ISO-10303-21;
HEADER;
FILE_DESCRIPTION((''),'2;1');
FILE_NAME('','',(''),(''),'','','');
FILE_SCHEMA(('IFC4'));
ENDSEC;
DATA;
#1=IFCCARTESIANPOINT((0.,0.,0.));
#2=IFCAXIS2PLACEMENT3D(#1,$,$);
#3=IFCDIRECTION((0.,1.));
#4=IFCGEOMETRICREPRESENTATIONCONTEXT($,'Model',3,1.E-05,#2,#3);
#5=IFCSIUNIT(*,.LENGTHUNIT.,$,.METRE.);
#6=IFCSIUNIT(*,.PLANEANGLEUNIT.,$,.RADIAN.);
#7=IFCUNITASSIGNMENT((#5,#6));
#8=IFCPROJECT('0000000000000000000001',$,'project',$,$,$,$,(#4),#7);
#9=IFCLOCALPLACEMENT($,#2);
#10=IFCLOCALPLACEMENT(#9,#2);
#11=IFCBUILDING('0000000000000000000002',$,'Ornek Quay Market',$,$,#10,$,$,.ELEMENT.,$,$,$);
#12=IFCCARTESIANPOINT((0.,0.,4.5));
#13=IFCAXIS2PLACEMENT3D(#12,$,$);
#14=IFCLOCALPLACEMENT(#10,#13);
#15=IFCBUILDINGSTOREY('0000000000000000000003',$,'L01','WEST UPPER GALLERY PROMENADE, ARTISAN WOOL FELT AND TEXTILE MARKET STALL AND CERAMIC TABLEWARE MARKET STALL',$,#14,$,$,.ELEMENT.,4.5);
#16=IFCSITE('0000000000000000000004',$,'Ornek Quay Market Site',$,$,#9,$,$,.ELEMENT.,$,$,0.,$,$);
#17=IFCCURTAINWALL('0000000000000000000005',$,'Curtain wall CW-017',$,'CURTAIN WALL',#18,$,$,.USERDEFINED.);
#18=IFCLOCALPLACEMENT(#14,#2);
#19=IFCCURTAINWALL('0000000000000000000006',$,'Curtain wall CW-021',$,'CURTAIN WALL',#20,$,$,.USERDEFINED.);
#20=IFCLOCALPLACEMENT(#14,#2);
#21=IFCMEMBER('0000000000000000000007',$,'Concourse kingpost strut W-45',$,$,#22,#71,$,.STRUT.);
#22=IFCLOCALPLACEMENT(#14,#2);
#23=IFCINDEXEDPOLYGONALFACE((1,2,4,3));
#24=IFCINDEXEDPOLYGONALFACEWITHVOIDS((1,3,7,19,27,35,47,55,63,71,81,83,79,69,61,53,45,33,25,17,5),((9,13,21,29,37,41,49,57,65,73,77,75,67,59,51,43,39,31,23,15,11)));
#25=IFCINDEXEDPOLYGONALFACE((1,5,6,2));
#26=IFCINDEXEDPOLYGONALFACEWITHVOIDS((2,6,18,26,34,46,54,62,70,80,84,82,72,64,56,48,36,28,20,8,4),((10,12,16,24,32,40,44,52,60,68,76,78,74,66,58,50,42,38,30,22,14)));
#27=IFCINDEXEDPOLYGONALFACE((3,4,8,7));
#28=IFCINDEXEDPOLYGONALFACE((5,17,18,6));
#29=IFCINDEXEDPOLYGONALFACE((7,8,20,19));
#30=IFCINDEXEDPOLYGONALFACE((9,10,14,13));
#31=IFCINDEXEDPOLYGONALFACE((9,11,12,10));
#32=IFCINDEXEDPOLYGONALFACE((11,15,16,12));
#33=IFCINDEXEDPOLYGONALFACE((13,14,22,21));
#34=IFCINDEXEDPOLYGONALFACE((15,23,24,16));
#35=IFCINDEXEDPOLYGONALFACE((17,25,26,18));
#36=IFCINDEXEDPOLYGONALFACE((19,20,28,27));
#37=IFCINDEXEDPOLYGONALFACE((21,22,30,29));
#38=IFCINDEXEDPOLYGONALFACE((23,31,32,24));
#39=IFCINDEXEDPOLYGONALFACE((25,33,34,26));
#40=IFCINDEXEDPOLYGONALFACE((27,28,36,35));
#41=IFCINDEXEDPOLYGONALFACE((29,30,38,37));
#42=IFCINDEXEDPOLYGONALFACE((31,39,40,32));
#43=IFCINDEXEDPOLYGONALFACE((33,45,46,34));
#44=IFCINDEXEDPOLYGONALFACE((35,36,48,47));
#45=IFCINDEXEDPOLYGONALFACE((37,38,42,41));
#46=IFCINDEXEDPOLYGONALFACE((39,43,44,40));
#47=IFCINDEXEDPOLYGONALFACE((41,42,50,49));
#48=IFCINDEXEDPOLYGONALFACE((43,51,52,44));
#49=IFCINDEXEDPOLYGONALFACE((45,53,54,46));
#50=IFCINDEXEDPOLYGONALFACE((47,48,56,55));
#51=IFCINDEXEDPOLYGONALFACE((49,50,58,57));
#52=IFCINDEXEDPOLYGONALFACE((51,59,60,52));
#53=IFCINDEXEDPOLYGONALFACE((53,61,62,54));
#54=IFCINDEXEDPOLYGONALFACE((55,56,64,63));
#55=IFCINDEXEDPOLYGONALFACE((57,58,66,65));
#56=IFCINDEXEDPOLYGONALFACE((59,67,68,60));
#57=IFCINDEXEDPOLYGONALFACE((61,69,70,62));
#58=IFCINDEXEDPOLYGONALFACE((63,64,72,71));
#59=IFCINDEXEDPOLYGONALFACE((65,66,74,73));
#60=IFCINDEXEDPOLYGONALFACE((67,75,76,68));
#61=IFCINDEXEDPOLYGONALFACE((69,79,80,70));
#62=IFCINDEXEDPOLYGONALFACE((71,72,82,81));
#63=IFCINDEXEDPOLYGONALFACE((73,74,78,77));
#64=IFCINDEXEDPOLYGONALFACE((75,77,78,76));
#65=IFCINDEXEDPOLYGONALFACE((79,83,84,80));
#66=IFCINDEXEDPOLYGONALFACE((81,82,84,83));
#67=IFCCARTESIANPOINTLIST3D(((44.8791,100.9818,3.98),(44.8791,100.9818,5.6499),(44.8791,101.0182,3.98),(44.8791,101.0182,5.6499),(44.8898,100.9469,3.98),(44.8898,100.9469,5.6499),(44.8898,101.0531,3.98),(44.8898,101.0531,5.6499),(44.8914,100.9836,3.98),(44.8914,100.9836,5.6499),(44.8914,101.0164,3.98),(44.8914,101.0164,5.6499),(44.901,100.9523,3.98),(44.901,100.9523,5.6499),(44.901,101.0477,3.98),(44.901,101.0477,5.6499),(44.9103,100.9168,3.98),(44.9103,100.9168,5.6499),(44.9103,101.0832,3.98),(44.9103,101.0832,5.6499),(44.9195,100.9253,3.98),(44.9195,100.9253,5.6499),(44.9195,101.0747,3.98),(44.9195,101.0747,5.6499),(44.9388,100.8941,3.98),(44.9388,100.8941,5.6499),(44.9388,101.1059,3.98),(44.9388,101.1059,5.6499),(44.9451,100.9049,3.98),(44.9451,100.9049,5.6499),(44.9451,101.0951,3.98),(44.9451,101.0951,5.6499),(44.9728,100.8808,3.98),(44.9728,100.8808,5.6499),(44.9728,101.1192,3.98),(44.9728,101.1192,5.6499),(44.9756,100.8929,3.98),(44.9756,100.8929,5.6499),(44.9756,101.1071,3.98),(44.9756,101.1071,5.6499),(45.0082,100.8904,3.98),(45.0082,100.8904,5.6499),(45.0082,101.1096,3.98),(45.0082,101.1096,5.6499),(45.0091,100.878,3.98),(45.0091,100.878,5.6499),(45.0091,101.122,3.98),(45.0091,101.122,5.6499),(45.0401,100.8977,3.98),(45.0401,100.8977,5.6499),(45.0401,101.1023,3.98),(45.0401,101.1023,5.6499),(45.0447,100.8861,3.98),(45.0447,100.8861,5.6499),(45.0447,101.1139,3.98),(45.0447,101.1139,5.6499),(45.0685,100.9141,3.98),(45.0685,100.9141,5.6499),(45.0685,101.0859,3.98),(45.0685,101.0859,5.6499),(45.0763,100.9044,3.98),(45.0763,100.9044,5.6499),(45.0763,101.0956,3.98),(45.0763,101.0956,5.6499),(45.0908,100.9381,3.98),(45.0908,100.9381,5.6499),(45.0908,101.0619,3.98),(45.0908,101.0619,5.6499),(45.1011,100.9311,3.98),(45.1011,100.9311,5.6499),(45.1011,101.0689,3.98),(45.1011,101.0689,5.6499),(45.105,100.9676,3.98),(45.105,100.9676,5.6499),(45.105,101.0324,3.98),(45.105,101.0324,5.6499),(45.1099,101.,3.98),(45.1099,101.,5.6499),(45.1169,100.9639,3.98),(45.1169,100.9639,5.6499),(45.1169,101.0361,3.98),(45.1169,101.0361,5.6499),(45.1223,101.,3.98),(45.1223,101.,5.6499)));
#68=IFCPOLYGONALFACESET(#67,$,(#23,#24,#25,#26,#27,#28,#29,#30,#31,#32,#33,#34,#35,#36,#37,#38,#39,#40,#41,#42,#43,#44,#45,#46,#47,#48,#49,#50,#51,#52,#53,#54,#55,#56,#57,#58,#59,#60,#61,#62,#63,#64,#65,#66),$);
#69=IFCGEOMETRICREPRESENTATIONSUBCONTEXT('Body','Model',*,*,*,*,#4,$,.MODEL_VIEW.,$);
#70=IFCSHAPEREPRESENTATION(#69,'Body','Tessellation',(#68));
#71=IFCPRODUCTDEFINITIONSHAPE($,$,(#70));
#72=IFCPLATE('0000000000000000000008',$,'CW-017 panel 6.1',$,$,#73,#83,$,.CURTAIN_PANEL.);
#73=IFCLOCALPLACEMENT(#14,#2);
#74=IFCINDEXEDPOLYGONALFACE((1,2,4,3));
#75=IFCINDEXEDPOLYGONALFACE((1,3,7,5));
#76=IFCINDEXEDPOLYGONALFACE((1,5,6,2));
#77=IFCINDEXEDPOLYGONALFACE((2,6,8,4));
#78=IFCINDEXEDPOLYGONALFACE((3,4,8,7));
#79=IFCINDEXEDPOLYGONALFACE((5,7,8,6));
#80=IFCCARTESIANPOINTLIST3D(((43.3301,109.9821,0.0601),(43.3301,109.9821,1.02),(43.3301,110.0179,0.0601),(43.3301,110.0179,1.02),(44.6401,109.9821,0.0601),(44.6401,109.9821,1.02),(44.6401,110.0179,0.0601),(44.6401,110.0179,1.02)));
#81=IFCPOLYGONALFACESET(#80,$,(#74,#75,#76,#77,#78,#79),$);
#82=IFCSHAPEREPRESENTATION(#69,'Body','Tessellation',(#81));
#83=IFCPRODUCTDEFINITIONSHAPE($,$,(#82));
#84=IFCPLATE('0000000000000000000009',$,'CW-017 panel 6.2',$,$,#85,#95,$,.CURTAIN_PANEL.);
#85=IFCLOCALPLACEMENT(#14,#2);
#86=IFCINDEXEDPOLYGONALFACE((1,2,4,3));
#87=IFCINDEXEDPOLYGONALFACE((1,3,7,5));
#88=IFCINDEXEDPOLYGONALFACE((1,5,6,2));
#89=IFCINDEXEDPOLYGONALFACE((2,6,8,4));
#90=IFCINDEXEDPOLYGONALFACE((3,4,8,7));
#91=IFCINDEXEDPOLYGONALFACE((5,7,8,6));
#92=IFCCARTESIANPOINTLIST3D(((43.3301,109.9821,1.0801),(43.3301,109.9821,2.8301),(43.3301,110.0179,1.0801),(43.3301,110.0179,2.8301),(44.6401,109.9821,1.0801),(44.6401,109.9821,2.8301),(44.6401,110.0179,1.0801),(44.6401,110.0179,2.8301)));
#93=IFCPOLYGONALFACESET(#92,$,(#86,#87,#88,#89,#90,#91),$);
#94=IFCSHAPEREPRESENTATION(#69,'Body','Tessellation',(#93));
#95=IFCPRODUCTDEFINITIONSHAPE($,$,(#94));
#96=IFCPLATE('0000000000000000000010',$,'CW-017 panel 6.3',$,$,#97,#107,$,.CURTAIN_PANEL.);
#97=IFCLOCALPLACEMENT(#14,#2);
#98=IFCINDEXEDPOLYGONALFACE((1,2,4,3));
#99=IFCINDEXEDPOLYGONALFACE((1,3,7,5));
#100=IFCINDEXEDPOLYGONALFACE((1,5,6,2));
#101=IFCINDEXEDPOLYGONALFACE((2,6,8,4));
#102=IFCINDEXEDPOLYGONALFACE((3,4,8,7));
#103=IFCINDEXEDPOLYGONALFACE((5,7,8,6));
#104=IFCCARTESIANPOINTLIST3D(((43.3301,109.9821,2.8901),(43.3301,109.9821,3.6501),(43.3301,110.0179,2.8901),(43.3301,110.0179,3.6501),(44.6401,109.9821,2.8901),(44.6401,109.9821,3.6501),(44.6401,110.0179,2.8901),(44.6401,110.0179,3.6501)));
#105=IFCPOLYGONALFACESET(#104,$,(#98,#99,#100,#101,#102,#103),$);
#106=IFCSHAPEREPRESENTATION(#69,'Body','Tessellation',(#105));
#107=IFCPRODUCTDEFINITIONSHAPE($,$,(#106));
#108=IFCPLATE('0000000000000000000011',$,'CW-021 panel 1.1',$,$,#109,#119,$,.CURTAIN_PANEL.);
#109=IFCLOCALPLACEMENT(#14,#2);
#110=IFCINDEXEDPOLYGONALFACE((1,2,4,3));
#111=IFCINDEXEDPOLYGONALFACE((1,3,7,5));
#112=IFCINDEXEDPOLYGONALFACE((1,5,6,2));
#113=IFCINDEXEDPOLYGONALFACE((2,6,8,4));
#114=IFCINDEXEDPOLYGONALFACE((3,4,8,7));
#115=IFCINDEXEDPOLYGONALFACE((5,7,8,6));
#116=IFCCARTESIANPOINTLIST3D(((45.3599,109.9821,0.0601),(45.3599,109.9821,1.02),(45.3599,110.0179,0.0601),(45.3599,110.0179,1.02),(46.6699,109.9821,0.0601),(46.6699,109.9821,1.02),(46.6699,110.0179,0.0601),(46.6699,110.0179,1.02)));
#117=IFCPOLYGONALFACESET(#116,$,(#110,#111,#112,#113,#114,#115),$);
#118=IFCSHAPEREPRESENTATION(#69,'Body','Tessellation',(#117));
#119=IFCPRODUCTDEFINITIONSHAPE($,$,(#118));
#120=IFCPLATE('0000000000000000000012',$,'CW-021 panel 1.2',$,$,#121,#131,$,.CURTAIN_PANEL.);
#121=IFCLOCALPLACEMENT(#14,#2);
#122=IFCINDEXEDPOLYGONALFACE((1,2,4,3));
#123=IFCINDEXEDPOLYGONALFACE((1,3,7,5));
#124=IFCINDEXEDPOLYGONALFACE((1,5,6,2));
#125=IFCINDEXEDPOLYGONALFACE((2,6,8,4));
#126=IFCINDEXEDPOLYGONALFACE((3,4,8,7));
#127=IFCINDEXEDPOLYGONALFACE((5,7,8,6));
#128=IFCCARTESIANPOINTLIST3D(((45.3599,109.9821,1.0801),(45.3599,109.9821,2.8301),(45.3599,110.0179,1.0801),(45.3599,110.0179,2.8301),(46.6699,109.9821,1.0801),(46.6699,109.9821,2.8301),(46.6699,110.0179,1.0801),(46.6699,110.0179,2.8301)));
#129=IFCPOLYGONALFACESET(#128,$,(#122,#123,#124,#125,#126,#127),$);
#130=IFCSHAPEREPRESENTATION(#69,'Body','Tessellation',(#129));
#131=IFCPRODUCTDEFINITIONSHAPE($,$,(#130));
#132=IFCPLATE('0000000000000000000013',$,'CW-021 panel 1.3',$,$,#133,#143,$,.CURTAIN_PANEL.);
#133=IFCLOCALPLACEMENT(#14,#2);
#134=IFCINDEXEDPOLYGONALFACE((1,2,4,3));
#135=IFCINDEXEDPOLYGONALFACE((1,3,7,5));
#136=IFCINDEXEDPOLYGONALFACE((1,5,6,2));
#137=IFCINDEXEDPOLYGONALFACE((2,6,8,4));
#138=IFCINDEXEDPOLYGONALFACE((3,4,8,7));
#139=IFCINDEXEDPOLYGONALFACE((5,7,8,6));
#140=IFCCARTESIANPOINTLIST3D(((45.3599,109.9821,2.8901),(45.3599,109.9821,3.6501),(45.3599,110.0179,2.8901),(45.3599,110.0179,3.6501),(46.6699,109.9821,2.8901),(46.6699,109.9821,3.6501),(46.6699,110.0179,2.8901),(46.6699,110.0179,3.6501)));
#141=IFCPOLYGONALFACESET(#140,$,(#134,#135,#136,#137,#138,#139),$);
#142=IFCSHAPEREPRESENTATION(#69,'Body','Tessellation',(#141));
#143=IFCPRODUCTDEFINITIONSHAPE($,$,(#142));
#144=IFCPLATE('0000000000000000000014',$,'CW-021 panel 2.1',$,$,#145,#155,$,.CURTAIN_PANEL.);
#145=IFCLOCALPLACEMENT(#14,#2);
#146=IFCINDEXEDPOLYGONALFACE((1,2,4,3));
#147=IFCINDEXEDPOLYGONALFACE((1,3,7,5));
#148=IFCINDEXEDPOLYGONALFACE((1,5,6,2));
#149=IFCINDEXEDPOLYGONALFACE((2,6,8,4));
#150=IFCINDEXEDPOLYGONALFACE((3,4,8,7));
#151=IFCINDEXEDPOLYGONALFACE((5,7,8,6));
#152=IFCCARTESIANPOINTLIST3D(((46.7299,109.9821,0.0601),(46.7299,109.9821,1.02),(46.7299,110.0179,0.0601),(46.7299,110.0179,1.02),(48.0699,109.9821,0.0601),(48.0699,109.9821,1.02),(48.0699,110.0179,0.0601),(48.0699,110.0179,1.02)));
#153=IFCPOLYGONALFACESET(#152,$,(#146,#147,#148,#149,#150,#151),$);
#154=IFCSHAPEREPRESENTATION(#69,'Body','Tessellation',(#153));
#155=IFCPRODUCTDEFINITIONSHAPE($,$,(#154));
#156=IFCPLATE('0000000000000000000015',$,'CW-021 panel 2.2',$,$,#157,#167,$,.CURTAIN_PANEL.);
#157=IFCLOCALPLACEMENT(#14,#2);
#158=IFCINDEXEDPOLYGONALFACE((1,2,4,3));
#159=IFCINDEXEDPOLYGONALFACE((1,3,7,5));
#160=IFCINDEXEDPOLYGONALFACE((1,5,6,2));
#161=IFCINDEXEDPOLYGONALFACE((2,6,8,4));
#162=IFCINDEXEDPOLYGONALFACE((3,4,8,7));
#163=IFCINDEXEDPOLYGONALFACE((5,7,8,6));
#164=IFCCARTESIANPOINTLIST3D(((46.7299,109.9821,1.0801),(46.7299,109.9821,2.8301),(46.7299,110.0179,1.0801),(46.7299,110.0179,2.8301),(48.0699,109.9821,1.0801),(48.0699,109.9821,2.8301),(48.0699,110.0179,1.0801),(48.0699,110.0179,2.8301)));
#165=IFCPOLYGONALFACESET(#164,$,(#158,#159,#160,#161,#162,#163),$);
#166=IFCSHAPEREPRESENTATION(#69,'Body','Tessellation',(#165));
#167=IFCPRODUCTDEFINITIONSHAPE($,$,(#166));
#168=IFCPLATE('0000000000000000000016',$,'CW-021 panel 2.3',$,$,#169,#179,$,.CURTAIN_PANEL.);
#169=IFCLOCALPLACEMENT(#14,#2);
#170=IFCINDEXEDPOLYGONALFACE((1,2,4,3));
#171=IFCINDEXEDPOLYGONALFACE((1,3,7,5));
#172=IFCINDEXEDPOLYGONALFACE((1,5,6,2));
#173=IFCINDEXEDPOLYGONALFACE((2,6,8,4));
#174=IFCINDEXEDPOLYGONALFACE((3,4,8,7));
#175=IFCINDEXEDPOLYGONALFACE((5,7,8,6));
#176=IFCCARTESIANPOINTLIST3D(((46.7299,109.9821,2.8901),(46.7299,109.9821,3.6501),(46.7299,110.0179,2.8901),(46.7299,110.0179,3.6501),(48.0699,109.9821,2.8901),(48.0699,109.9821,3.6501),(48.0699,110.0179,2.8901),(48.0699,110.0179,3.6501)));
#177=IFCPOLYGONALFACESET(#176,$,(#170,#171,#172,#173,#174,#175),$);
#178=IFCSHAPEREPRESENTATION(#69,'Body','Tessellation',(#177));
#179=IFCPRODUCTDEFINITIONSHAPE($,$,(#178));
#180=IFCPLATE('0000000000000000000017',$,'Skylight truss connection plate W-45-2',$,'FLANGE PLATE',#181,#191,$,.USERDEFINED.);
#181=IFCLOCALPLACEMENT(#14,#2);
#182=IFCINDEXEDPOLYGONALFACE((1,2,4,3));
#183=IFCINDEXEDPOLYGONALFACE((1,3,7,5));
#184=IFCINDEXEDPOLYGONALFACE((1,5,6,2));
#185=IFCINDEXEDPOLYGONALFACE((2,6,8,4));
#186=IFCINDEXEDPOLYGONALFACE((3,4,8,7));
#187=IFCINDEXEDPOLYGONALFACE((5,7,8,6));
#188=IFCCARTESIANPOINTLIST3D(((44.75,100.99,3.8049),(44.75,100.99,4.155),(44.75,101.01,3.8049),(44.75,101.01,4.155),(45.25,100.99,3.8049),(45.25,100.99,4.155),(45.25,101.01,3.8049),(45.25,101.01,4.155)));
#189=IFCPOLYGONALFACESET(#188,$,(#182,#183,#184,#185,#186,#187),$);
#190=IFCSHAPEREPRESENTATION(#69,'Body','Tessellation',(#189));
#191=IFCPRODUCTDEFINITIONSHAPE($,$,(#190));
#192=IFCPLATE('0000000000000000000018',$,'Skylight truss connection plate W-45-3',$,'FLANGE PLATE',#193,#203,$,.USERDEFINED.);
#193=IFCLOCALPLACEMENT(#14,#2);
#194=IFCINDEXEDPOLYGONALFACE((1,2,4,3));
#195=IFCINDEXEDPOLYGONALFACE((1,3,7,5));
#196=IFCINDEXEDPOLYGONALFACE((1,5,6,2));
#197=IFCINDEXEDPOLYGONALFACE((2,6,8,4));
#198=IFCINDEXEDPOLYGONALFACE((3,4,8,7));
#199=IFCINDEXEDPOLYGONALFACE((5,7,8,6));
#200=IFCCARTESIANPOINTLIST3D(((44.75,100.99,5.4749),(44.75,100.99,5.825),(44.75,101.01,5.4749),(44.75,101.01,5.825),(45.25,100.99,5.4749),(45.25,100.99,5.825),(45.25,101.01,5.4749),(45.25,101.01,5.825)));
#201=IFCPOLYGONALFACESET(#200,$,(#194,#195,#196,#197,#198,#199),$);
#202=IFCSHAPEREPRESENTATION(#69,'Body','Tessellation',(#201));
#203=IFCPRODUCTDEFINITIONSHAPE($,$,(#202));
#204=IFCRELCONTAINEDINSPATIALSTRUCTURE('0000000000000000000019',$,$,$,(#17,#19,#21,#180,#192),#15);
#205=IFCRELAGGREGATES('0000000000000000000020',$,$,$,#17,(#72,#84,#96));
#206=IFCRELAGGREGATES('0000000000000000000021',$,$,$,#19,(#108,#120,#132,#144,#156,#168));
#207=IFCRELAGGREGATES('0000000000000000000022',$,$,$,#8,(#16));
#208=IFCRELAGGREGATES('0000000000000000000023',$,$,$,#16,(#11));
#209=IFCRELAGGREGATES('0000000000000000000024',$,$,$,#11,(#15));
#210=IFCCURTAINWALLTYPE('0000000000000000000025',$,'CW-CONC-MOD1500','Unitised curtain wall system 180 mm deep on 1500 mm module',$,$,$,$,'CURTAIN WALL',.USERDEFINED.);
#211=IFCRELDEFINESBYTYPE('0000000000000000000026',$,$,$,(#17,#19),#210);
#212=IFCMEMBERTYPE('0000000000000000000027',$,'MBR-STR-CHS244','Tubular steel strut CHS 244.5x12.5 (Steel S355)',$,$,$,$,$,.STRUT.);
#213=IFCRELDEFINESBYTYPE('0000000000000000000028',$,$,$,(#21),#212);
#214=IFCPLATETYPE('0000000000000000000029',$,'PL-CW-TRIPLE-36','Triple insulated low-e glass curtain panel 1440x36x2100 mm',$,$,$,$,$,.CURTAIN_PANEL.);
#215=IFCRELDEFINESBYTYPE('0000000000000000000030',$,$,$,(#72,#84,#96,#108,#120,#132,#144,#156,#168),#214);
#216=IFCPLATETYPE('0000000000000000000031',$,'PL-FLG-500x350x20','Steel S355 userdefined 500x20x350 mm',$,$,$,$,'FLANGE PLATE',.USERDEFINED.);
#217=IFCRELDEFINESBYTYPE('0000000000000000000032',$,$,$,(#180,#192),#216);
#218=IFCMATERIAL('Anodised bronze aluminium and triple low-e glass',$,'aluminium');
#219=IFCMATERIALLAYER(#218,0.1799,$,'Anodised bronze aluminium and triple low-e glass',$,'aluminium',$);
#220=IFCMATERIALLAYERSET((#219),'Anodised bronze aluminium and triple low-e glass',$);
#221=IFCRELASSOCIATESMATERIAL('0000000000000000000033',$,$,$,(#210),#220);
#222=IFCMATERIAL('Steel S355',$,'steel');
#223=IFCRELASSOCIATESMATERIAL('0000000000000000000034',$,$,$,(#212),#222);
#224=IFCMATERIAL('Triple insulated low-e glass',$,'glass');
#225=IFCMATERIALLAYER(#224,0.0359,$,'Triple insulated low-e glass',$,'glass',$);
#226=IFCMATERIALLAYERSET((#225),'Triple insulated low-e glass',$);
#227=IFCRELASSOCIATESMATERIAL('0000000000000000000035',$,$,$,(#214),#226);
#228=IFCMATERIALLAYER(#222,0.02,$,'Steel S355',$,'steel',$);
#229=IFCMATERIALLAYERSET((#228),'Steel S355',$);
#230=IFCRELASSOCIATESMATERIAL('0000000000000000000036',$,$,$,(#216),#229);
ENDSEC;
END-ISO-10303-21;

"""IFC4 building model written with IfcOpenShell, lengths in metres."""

from ifc_helpers import new_model, si_unit, direction, frame, origin, origin_2d, place, context, subcontext, project, spatial, rectangle, hollow_circle, extrude, material, layer, layer_set, material_profile, profile_set, type_object, element, aggregate, save


model = new_model("IFC4")

# Units and contexts
model_context = context("Model", 3, precision=1e-05, world=origin(), true_north=direction((0.0, 1.0)))
body_context = subcontext(model_context, "Body", "Model", "MODEL_VIEW")
ifc_project = project(units=[si_unit("LENGTHUNIT", "METRE"), si_unit("PLANEANGLEUNIT", "RADIAN")], contexts=[model_context])

# Site, building, storey
site_placement = place(None, origin())
site = spatial("IfcSite", under=ifc_project, at=site_placement, Name="Ornek Quay Market Site", CompositionType="ELEMENT", RefElevation=0.0)
building_placement = place(site_placement, origin())
building = spatial("IfcBuilding", under=site, at=building_placement, Name="Ornek Quay Market", CompositionType="ELEMENT")
storey_placement = place(building_placement, frame((0.0, 0.0, 4.5)))
storey = spatial("IfcBuildingStorey", under=building, at=storey_placement, Name="L01", Description="WEST UPPER GALLERY PROMENADE, ARTISAN WOOL FELT AND TEXTILE MARKET STALL AND CERAMIC TABLEWARE MARKET STALL", CompositionType="ELEMENT", Elevation=4.5)

# Curtain wall
ifc_material_1 = material(Name="Anodised bronze aluminium and triple low-e glass", Category="aluminium")
ifc_layer_1 = layer(ifc_material_1, 0.1799, Name="Anodised bronze aluminium and triple low-e glass", Category="aluminium")
ifc_layer_set_1 = layer_set([ifc_layer_1], Name="Anodised bronze aluminium and triple low-e glass")
curtain_wall_type = type_object("IfcCurtainWallType", Name="CW-CONC-MOD1500", Description="Unitised curtain wall system 180 mm deep on 1500 mm module", ElementType="CURTAIN WALL", PredefinedType="USERDEFINED", material=ifc_layer_set_1)
curtain_wall_1_placement = place(storey_placement, origin())
curtain_wall_1 = element("IfcCurtainWall", 1, at=curtain_wall_1_placement, inside=storey, type_object=curtain_wall_type, Name="Curtain wall CW-017", ObjectType="CURTAIN WALL", PredefinedType="USERDEFINED")

# Curtain wall
curtain_wall_2_placement = place(storey_placement, origin())
curtain_wall_2 = element("IfcCurtainWall", 2, at=curtain_wall_2_placement, inside=storey, type_object=curtain_wall_type, Name="Curtain wall CW-021", ObjectType="CURTAIN WALL", PredefinedType="USERDEFINED")

# Member
ifc_material_2 = material(Name="Steel S355", Category="steel")
ifc_material_profile_1 = material_profile(ifc_material_2, hollow_circle(Radius=0.1223, WallThickness=0.0125, at=origin_2d()), Name="CHS 244.5x12.5", Category="steel")
ifc_profile_set_1 = profile_set([ifc_material_profile_1], Name="Steel S355")
member_type_1 = type_object("IfcMemberType", Name="MBR-STR-CHS244", Description="Tubular steel strut CHS 244.5x12.5 (Steel S355)", PredefinedType="STRUT", material=ifc_profile_set_1)
member_1_placement = place(storey_placement, frame((45.0, 101.0, 3.98), z_axis=(0.0, 0.0, 1.0), x_axis=(1.0, 0.0, 0.0)))
element("IfcMember", 3, at=member_1_placement, inside=storey, type_object=member_type_1, Name="Concourse kingpost strut W-45", PredefinedType="STRUT", context=body_context, shape_type="SweptSolid", body=[
    extrude(hollow_circle(Radius=0.1223, WallThickness=0.0125, at=origin_2d()), origin(), (0.0, 0.0, 1.0), 1.6699),
])

# Plates
ifc_material_3 = material(Name="Triple insulated low-e glass", Category="glass")
ifc_layer_2 = layer(ifc_material_3, 0.0359, Name="Triple insulated low-e glass", Category="glass")
ifc_layer_set_2 = layer_set([ifc_layer_2], Name="Triple insulated low-e glass")
plate_type_1 = type_object("IfcPlateType", Name="PL-CW-TRIPLE-36", Description="Triple insulated low-e glass curtain panel 1440x36x2100 mm", PredefinedType="CURTAIN_PANEL", material=ifc_layer_set_2)
plate_1_placement = place(storey_placement, frame((43.9851, 110.0, 0.0601), z_axis=(0.0, 0.0, 1.0), x_axis=(1.0, 0.0, 0.0)))
plate_1 = element("IfcPlate", 4, at=plate_1_placement, type_object=plate_type_1, Name="CW-017 panel 6.1", PredefinedType="CURTAIN_PANEL", context=body_context, shape_type="SweptSolid", body=[
    extrude(rectangle(XDim=1.3101, YDim=0.0359, at=origin_2d()), origin(), (0.0, 0.0, 1.0), 0.96),
])
plate_2_placement = place(storey_placement, frame((43.9851, 110.0, 1.0801), z_axis=(0.0, 0.0, 1.0), x_axis=(1.0, 0.0, 0.0)))
plate_2 = element("IfcPlate", 5, at=plate_2_placement, type_object=plate_type_1, Name="CW-017 panel 6.2", PredefinedType="CURTAIN_PANEL", context=body_context, shape_type="SweptSolid", body=[
    extrude(rectangle(XDim=1.3101, YDim=0.0359, at=origin_2d()), origin(), (0.0, 0.0, 1.0), 1.75),
])
plate_3_placement = place(storey_placement, frame((43.9851, 110.0, 2.8901), z_axis=(0.0, 0.0, 1.0), x_axis=(1.0, 0.0, 0.0)))
plate_3 = element("IfcPlate", 6, at=plate_3_placement, type_object=plate_type_1, Name="CW-017 panel 6.3", PredefinedType="CURTAIN_PANEL", context=body_context, shape_type="SweptSolid", body=[
    extrude(rectangle(XDim=1.3101, YDim=0.0359, at=origin_2d()), origin(), (0.0, 0.0, 1.0), 0.76),
])
aggregate(curtain_wall_1, [plate_1, plate_2, plate_3])
plate_4_placement = place(storey_placement, frame((46.0149, 110.0, 0.0601), z_axis=(0.0, 0.0, 1.0), x_axis=(1.0, 0.0, 0.0)))
plate_4 = element("IfcPlate", 7, at=plate_4_placement, type_object=plate_type_1, Name="CW-021 panel 1.1", PredefinedType="CURTAIN_PANEL", context=body_context, shape_type="SweptSolid", body=[
    extrude(rectangle(XDim=1.3101, YDim=0.0359, at=origin_2d()), origin(), (0.0, 0.0, 1.0), 0.96),
])
plate_5_placement = place(storey_placement, frame((46.0149, 110.0, 1.0801), z_axis=(0.0, 0.0, 1.0), x_axis=(1.0, 0.0, 0.0)))
plate_5 = element("IfcPlate", 8, at=plate_5_placement, type_object=plate_type_1, Name="CW-021 panel 1.2", PredefinedType="CURTAIN_PANEL", context=body_context, shape_type="SweptSolid", body=[
    extrude(rectangle(XDim=1.3101, YDim=0.0359, at=origin_2d()), origin(), (0.0, 0.0, 1.0), 1.75),
])
plate_6_placement = place(storey_placement, frame((46.0149, 110.0, 2.8901), z_axis=(0.0, 0.0, 1.0), x_axis=(1.0, 0.0, 0.0)))
plate_6 = element("IfcPlate", 9, at=plate_6_placement, type_object=plate_type_1, Name="CW-021 panel 1.3", PredefinedType="CURTAIN_PANEL", context=body_context, shape_type="SweptSolid", body=[
    extrude(rectangle(XDim=1.3101, YDim=0.0359, at=origin_2d()), origin(), (0.0, 0.0, 1.0), 0.76),
])
plate_7_placement = place(storey_placement, frame((47.3999, 110.0, 0.0601), z_axis=(0.0, 0.0, 1.0), x_axis=(1.0, 0.0, 0.0)))
plate_7 = element("IfcPlate", 10, at=plate_7_placement, type_object=plate_type_1, Name="CW-021 panel 2.1", PredefinedType="CURTAIN_PANEL", context=body_context, shape_type="SweptSolid", body=[
    extrude(rectangle(XDim=1.3401, YDim=0.0359, at=origin_2d()), origin(), (0.0, 0.0, 1.0), 0.96),
])
plate_8_placement = place(storey_placement, frame((47.3999, 110.0, 1.0801), z_axis=(0.0, 0.0, 1.0), x_axis=(1.0, 0.0, 0.0)))
plate_8 = element("IfcPlate", 11, at=plate_8_placement, type_object=plate_type_1, Name="CW-021 panel 2.2", PredefinedType="CURTAIN_PANEL", context=body_context, shape_type="SweptSolid", body=[
    extrude(rectangle(XDim=1.3401, YDim=0.0359, at=origin_2d()), origin(), (0.0, 0.0, 1.0), 1.75),
])
plate_9_placement = place(storey_placement, frame((47.3999, 110.0, 2.8901), z_axis=(0.0, 0.0, 1.0), x_axis=(1.0, 0.0, 0.0)))
plate_9 = element("IfcPlate", 12, at=plate_9_placement, type_object=plate_type_1, Name="CW-021 panel 2.3", PredefinedType="CURTAIN_PANEL", context=body_context, shape_type="SweptSolid", body=[
    extrude(rectangle(XDim=1.3401, YDim=0.0359, at=origin_2d()), origin(), (0.0, 0.0, 1.0), 0.76),
])
aggregate(curtain_wall_2, [plate_4, plate_5, plate_6, plate_7, plate_8, plate_9])

# Plates
ifc_layer_3 = layer(ifc_material_2, 0.02, Name="Steel S355", Category="steel")
ifc_layer_set_3 = layer_set([ifc_layer_3], Name="Steel S355")
plate_type_2 = type_object("IfcPlateType", Name="PL-FLG-500x350x20", Description="Steel S355 userdefined 500x20x350 mm", ElementType="FLANGE PLATE", PredefinedType="USERDEFINED", material=ifc_layer_set_3)
for number, where, z_axis, x_axis, name in (
    (13, (45.0, 101.0, 3.8049), (0.0, 0.0, 1.0), (1.0, 0.0, 0.0), "Skylight truss connection plate W-45-2"),
    (14, (45.0, 101.0, 5.4749), (0.0, 0.0, 1.0), (1.0, 0.0, 0.0), "Skylight truss connection plate W-45-3"),
):
    element("IfcPlate", number, at=place(storey_placement, frame(where, z_axis=z_axis, x_axis=x_axis)), inside=storey, type_object=plate_type_2, Name=name, ObjectType="FLANGE PLATE", PredefinedType="USERDEFINED", context=body_context, shape_type="SweptSolid", body=[
        extrude(rectangle(XDim=0.5, YDim=0.02, at=origin_2d()), origin(), (0.0, 0.0, 1.0), 0.3501),
    ])

save(model, "model.ifc")
